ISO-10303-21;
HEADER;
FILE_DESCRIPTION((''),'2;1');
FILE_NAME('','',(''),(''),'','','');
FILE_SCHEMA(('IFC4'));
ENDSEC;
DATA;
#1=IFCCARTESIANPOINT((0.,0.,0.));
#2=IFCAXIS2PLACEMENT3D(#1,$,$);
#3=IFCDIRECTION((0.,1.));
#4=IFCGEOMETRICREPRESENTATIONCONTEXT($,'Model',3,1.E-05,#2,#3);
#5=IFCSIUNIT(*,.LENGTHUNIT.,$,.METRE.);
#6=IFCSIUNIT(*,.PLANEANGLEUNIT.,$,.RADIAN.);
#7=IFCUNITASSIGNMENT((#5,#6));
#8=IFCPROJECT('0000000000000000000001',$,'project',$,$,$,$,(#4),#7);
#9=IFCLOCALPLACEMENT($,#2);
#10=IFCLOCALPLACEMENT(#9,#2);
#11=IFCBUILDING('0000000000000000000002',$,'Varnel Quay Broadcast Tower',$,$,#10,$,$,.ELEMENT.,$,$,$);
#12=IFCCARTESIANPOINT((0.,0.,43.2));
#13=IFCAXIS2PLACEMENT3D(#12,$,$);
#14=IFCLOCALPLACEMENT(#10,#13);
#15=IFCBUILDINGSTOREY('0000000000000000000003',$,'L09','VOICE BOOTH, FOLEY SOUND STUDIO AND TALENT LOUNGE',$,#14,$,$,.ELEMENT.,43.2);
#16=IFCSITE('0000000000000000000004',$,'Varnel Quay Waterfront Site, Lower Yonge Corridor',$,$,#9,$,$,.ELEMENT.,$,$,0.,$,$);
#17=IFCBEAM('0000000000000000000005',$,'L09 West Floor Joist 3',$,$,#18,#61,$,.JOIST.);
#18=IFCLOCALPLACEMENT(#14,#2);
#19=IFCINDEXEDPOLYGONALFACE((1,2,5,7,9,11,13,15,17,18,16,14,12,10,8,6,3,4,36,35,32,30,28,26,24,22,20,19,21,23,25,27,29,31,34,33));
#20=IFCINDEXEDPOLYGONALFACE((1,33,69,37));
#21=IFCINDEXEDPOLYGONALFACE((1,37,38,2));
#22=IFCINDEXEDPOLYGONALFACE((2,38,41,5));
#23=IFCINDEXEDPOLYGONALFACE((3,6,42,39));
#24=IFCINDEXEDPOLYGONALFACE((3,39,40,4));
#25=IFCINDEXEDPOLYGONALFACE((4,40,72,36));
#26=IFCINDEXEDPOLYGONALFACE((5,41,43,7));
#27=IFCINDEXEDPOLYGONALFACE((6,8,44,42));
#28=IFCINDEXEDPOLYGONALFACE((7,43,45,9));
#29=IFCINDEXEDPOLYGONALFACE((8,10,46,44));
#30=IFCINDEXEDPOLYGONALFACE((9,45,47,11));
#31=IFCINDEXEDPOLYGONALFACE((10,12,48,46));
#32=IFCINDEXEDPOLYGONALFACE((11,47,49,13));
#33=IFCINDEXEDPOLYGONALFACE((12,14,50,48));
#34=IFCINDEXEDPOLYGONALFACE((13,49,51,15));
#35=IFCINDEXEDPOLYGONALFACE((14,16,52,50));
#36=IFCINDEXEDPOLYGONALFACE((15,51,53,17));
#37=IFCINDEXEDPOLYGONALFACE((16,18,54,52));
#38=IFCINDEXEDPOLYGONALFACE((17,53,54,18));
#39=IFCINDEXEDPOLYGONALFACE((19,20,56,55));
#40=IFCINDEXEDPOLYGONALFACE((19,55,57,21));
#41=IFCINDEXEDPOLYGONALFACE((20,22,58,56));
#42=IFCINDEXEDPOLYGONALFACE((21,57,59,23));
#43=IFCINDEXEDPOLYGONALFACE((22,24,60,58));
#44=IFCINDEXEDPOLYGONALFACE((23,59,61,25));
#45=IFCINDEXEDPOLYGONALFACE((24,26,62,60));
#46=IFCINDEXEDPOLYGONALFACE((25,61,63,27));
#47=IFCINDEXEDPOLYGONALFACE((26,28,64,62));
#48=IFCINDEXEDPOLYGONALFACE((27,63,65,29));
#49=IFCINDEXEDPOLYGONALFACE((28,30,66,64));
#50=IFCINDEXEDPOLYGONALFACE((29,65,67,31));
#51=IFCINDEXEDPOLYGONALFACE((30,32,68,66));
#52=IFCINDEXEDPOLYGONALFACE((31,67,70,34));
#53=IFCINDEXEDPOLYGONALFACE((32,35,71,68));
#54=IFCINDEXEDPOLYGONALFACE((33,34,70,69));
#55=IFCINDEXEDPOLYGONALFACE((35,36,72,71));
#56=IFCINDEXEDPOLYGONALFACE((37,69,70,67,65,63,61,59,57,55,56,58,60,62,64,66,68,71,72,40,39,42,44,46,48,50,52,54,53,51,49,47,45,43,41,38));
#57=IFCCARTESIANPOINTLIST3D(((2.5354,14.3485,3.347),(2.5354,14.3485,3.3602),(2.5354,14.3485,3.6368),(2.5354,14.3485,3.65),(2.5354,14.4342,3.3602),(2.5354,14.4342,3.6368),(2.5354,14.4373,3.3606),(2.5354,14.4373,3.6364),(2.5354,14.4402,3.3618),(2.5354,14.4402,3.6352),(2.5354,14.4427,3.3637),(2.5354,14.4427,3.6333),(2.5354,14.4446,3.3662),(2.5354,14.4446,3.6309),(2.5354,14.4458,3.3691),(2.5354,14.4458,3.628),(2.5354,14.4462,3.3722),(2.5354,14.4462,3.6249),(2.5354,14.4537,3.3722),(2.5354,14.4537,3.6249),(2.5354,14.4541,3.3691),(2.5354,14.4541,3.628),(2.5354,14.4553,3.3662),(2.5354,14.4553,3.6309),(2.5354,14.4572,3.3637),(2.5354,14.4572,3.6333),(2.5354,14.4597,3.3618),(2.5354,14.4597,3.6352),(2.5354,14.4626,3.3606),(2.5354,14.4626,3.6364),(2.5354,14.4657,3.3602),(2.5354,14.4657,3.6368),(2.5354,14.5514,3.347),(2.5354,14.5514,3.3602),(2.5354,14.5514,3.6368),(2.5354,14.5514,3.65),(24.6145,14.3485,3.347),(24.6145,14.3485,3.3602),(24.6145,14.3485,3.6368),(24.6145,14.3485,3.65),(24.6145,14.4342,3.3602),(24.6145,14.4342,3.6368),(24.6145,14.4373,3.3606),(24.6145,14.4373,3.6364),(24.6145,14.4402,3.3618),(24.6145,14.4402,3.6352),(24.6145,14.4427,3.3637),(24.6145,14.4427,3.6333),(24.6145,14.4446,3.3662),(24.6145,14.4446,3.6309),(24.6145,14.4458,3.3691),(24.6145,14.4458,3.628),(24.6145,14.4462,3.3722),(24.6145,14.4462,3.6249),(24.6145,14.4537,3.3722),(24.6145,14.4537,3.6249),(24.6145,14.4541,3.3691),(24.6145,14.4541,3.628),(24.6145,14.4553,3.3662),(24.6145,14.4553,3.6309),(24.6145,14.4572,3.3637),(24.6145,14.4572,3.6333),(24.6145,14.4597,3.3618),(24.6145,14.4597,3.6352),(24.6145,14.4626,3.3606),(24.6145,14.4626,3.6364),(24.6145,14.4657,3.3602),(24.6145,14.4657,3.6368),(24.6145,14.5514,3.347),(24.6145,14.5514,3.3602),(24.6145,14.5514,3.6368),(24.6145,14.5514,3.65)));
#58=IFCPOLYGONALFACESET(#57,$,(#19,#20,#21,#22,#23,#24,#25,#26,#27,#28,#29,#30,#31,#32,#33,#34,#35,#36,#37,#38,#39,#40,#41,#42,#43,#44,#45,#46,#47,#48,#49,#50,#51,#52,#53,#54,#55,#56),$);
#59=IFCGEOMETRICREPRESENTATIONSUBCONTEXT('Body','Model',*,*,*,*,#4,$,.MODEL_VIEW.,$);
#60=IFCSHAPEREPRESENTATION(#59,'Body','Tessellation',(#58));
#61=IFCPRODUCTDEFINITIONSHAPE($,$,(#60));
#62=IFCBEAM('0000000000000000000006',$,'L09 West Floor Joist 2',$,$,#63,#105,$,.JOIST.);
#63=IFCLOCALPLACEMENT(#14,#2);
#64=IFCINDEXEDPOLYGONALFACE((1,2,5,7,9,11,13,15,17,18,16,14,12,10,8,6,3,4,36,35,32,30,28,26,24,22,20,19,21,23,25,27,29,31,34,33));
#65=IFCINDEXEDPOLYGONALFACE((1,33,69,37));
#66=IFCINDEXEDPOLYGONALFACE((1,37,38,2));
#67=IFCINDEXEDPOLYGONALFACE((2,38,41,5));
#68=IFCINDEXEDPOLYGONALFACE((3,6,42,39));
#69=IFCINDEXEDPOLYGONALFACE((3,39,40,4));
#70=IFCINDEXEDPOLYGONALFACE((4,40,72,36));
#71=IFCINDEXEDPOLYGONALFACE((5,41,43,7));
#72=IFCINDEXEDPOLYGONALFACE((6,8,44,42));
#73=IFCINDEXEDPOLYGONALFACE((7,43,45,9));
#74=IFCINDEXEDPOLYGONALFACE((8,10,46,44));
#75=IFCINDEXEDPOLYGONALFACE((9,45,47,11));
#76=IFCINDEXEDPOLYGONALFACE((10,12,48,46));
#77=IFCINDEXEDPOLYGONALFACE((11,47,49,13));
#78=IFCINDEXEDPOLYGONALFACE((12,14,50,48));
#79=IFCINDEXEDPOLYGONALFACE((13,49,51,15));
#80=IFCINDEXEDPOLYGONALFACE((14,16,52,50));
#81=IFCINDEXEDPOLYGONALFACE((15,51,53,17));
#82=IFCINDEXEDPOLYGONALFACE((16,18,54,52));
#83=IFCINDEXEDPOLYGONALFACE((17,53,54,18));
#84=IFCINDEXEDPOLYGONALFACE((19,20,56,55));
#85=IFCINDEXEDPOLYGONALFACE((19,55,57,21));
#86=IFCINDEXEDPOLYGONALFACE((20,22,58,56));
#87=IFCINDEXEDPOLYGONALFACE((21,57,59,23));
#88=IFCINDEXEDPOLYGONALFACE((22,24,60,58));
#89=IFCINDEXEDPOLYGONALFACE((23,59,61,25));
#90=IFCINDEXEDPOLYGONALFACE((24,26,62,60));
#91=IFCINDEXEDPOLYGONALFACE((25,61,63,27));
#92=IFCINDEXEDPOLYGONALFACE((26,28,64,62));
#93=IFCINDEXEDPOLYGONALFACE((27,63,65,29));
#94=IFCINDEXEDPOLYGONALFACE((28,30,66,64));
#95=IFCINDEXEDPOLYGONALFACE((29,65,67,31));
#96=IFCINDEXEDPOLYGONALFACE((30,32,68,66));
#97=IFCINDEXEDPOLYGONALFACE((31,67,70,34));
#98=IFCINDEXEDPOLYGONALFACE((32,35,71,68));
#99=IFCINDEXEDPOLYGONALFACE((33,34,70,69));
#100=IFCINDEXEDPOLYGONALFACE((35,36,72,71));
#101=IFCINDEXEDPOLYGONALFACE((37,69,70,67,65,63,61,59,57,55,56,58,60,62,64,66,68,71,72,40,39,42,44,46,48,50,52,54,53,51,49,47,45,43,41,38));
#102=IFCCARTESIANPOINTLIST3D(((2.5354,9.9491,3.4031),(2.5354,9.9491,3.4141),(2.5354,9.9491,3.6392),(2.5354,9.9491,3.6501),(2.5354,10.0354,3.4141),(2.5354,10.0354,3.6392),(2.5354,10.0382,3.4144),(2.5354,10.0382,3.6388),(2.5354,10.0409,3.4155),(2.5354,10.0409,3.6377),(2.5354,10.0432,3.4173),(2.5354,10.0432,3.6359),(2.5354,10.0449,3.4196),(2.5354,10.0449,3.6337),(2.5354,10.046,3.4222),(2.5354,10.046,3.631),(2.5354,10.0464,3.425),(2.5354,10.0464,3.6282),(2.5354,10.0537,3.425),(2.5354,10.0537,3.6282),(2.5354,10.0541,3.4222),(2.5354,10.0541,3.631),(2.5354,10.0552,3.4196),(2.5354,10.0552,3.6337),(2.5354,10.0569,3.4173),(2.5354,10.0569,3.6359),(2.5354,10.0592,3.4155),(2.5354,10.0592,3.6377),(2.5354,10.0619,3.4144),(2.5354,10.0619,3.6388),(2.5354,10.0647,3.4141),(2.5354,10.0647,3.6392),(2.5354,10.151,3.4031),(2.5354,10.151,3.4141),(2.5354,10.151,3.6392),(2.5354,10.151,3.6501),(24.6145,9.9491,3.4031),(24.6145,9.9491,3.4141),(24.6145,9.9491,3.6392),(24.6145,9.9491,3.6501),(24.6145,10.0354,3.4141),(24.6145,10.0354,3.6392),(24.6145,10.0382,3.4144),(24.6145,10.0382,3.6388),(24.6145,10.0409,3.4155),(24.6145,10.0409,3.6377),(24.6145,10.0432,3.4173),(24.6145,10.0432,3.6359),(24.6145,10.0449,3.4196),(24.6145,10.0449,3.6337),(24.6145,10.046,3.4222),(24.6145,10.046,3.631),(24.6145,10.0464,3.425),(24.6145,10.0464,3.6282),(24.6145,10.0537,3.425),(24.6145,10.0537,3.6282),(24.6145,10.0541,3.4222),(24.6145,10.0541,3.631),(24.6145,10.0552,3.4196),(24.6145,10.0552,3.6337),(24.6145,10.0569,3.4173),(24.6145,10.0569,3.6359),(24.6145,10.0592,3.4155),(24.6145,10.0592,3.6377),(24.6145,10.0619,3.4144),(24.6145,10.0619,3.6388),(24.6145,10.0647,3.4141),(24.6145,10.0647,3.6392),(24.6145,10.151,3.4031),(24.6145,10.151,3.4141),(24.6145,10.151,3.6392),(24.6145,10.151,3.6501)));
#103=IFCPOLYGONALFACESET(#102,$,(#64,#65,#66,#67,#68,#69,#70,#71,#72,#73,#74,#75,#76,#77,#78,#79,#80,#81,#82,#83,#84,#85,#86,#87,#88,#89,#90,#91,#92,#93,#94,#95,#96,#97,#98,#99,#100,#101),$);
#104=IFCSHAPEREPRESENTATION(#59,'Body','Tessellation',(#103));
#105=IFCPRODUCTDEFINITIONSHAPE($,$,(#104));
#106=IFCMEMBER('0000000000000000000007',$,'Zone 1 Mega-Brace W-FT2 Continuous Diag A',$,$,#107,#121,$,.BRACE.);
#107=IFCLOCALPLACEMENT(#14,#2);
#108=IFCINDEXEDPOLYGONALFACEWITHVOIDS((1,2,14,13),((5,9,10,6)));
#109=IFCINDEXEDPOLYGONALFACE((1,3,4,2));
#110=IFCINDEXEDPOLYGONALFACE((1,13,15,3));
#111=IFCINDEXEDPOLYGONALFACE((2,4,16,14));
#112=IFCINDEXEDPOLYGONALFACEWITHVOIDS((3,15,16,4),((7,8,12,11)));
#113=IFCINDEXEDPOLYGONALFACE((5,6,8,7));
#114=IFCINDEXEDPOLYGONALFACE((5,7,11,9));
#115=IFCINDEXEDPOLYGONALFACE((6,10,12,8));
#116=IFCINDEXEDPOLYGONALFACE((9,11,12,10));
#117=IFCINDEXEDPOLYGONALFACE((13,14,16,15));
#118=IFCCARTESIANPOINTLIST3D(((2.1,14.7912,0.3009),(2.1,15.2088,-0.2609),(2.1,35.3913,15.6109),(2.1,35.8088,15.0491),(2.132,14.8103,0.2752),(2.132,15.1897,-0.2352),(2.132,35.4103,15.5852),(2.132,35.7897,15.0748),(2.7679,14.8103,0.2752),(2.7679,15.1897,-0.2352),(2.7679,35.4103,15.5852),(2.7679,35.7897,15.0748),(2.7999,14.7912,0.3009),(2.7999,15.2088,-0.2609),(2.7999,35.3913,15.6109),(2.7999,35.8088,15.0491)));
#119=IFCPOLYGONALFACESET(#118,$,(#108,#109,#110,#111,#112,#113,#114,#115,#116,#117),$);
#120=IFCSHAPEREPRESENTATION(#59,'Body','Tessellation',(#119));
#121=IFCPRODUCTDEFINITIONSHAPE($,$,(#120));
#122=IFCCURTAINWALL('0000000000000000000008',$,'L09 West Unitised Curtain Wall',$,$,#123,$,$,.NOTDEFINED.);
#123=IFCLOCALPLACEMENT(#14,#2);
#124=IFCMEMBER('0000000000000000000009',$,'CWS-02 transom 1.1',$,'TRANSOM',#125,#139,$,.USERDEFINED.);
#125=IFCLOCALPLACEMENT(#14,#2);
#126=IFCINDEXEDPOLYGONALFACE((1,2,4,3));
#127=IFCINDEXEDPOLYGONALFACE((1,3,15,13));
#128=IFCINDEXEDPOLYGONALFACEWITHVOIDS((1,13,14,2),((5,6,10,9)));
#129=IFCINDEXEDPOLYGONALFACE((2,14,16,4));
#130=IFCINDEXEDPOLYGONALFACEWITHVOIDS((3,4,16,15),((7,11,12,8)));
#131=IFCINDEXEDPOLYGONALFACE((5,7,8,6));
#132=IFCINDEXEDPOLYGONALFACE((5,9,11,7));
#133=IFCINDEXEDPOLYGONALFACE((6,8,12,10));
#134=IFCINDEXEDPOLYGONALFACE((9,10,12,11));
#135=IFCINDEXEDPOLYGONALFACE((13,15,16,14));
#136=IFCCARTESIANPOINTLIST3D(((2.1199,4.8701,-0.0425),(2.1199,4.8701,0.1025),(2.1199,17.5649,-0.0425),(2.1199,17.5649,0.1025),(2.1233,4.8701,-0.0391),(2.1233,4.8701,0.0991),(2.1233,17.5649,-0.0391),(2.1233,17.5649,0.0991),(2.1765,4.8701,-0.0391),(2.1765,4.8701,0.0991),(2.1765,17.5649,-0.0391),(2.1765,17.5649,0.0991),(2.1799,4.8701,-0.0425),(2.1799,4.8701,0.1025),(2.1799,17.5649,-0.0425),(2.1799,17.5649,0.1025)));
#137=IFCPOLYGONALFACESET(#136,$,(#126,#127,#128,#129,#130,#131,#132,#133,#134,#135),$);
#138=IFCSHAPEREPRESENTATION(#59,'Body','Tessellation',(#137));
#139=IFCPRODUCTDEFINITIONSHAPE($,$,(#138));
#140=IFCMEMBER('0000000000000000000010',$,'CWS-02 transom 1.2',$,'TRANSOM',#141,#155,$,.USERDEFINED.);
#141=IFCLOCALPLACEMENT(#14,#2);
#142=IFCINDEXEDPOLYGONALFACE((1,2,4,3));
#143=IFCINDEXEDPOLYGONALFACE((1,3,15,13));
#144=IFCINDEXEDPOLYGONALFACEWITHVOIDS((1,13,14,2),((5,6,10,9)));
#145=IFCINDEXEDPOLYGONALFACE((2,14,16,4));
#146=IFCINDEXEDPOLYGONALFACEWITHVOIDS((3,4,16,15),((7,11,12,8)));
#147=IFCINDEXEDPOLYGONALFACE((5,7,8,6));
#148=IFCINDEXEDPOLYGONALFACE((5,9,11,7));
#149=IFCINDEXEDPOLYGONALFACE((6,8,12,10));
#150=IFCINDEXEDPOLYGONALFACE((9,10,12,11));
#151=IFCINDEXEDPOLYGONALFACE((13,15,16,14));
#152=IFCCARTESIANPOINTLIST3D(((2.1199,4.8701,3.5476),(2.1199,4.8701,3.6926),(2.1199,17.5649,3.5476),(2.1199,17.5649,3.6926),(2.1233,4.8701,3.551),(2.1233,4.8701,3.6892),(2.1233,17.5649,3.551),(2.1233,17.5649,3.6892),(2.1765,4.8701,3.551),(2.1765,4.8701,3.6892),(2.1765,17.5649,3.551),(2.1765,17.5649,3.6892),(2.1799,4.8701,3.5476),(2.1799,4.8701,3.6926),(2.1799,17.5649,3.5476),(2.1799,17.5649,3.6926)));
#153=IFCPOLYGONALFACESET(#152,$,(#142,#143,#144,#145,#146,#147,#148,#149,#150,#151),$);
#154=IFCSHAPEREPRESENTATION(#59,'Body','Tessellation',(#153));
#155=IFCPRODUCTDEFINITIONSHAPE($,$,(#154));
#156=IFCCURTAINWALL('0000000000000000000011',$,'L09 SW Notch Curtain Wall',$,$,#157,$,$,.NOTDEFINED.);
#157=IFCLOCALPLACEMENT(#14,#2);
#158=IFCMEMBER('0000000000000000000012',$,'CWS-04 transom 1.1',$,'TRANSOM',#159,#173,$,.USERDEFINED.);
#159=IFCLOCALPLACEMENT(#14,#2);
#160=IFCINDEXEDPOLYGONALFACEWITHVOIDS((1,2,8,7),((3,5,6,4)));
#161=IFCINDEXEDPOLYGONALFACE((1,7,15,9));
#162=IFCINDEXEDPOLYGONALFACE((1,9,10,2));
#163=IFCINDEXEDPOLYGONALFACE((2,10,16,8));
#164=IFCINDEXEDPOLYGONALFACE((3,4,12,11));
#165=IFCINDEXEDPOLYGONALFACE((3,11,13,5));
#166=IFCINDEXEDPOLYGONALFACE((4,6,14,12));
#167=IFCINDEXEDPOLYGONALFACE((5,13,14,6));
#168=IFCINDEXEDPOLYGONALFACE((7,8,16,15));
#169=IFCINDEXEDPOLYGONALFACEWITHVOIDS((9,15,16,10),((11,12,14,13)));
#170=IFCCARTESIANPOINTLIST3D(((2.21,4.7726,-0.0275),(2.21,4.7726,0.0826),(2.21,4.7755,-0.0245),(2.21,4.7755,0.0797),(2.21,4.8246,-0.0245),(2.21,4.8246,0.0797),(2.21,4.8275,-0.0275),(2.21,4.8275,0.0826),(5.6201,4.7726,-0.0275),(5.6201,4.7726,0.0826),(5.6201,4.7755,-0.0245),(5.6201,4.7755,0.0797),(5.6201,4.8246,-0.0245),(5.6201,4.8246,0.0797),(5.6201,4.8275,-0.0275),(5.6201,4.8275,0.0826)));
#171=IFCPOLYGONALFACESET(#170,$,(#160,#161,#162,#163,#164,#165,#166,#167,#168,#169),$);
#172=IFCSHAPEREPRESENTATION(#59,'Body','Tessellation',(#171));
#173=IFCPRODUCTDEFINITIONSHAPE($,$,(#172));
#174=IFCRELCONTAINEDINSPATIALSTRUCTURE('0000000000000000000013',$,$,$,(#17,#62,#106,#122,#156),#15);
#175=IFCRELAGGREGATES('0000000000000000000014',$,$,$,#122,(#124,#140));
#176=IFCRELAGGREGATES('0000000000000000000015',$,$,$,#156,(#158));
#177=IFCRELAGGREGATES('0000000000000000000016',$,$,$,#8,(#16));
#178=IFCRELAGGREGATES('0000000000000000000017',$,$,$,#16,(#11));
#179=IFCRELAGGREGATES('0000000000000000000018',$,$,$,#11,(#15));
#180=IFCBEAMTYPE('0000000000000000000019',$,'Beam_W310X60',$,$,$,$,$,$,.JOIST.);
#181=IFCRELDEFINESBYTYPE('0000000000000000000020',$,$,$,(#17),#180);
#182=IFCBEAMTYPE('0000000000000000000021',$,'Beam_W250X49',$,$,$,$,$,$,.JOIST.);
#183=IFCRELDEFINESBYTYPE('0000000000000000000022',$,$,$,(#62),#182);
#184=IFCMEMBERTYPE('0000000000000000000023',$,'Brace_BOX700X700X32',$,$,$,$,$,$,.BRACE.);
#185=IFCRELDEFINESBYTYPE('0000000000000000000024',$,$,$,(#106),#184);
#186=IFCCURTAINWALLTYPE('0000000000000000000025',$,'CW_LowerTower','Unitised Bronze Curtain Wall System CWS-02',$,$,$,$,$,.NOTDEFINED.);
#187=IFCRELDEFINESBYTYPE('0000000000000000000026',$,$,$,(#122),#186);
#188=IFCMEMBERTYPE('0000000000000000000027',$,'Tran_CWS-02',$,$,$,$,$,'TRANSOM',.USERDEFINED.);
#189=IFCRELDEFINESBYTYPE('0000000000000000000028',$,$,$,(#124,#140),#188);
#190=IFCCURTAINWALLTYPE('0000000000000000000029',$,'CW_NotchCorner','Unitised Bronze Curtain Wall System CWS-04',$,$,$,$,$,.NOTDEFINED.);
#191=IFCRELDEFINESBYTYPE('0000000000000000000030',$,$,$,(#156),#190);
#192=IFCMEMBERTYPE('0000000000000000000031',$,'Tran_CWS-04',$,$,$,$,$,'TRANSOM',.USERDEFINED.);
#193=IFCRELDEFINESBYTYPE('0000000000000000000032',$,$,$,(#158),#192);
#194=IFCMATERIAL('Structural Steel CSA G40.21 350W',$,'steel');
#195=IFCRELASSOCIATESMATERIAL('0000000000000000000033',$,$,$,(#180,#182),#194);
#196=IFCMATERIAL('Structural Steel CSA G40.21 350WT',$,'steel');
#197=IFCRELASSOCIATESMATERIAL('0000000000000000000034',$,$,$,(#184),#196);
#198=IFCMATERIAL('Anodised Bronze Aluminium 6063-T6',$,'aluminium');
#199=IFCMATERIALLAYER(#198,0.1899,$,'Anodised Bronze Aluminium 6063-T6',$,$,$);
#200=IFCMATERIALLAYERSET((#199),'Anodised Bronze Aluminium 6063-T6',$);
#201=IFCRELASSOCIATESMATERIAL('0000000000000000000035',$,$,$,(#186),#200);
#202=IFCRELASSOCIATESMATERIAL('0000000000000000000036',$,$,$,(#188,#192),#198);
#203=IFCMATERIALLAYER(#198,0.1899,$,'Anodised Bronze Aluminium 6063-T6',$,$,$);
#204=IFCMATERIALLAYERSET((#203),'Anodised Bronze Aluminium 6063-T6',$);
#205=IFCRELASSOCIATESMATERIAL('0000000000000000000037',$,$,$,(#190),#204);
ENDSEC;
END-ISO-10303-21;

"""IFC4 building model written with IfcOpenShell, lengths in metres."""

from ifc_helpers import new_model, si_unit, direction, frame, origin, origin_2d, place, context, subcontext, project, spatial, hollow_rectangle, i_section, extrude, source, transform, mapped, material, layer, layer_set, material_profile, profile_set, type_object, type_shapes, element, aggregate, save


model = new_model("IFC4")

# Units and contexts
model_context = context("Model", 3, precision=1e-05, world=origin(), true_north=direction((0.0, 1.0)))
body_context = subcontext(model_context, "Body", "Model", "MODEL_VIEW")
ifc_project = project(units=[si_unit("LENGTHUNIT", "METRE"), si_unit("PLANEANGLEUNIT", "RADIAN")], contexts=[model_context])

# Site, building, storey
site_placement = place(None, origin())
site = spatial("IfcSite", under=ifc_project, at=site_placement, Name="Varnel Quay Waterfront Site, Lower Yonge Corridor", CompositionType="ELEMENT", RefElevation=0.0)
building_placement = place(site_placement, origin())
building = spatial("IfcBuilding", under=site, at=building_placement, Name="Varnel Quay Broadcast Tower", CompositionType="ELEMENT")
storey_placement = place(building_placement, frame((0.0, 0.0, 43.2)))
storey = spatial("IfcBuildingStorey", under=building, at=storey_placement, Name="L09", Description="VOICE BOOTH, FOLEY SOUND STUDIO AND TALENT LOUNGE", CompositionType="ELEMENT", Elevation=43.2)

# Shared definitions
ifc_material_1 = material(Name="Structural Steel CSA G40.21 350W", Category="steel")

# Beams
ifc_material_profile_1 = material_profile(ifc_material_1, i_section(OverallWidth=0.2029, OverallDepth=0.303, WebThickness=0.0076, FlangeThickness=0.0132, FilletRadius=0.012, at=origin_2d()), Name="W310X60")
ifc_profile_set_1 = profile_set([ifc_material_profile_1], Name="Structural Steel CSA G40.21 350W")
beam_type_1 = type_object("IfcBeamType", Name="Beam_W310X60", PredefinedType="JOIST", material=ifc_profile_set_1)
shared_shape_1 = source(origin(), body_context, "Body", "SweptSolid", [
    extrude(i_section(OverallWidth=0.2029, OverallDepth=0.303, WebThickness=0.0076, FlangeThickness=0.0132, FilletRadius=0.012, at=origin_2d()), origin(), (0.0, 0.0, 1.0), 22.0791),
])
type_shapes(beam_type_1, [shared_shape_1])
for number, where, z_axis, x_axis, name in (
    (1, (2.5354, 14.45, 3.4985), (1.0, 0.0, 0.0), (0.0, 1.0, 0.0), "L09 West Floor Joist 3"),
):
    element("IfcBeam", number, at=place(storey_placement, frame(where, z_axis=z_axis, x_axis=x_axis)), inside=storey, type_object=beam_type_1, Name=name, PredefinedType="JOIST", context=body_context, shape_type="MappedRepresentation", body=[
        mapped(shared_shape_1, transform((0.0, 0.0, 0.0), x_axis=(1.0, 0.0, 0.0), y_axis=(0.0, 1.0, 0.0), z_axis=(0.0, 0.0, 1.0), scale=1.0)),
    ])
ifc_material_profile_2 = material_profile(ifc_material_1, i_section(OverallWidth=0.2019, OverallDepth=0.2471, WebThickness=0.0073, FlangeThickness=0.011, FilletRadius=0.011, at=origin_2d()), Name="W250X49")
ifc_profile_set_2 = profile_set([ifc_material_profile_2], Name="Structural Steel CSA G40.21 350W")
beam_type_2 = type_object("IfcBeamType", Name="Beam_W250X49", PredefinedType="JOIST", material=ifc_profile_set_2)
shared_shape_2 = source(origin(), body_context, "Body", "SweptSolid", [
    extrude(i_section(OverallWidth=0.2019, OverallDepth=0.2471, WebThickness=0.0073, FlangeThickness=0.011, FilletRadius=0.011, at=origin_2d()), origin(), (0.0, 0.0, 1.0), 22.0791),
])
type_shapes(beam_type_2, [shared_shape_2])
beam_1_placement = place(storey_placement, frame((2.5354, 10.05, 3.5266), z_axis=(1.0, 0.0, 0.0), x_axis=(0.0, 1.0, 0.0)))
element("IfcBeam", 2, at=beam_1_placement, inside=storey, type_object=beam_type_2, Name="L09 West Floor Joist 2", PredefinedType="JOIST", context=body_context, shape_type="MappedRepresentation", body=[
    mapped(shared_shape_2, transform((0.0, 0.0, 0.0), x_axis=(1.0, 0.0, 0.0), y_axis=(0.0, 1.0, 0.0), z_axis=(0.0, 0.0, 1.0), scale=1.0)),
])

# Member
ifc_material_2 = material(Name="Structural Steel CSA G40.21 350WT", Category="steel")
ifc_material_profile_3 = material_profile(ifc_material_2, hollow_rectangle(XDim=0.7, YDim=0.7, WallThickness=0.032, at=origin_2d()), Name="BOX700X700X32")
ifc_profile_set_3 = profile_set([ifc_material_profile_3], Name="Structural Steel CSA G40.21 350WT")
member_type_1 = type_object("IfcMemberType", Name="Brace_BOX700X700X32", PredefinedType="BRACE", material=ifc_profile_set_3)
shared_shape_3 = source(origin(), body_context, "Body", "SweptSolid", [
    extrude(hollow_rectangle(XDim=0.7, YDim=0.7, WallThickness=0.032, at=origin_2d()), origin(), (0.0, 0.0, 1.0), 25.6663),
])
type_shapes(member_type_1, [shared_shape_3])
member_1_placement = place(storey_placement, frame((2.45, 15.0, 0.02), z_axis=(0.0, 0.802611, 0.596503), x_axis=(-1.0, 0.0, 0.0)))
element("IfcMember", 3, at=member_1_placement, inside=storey, type_object=member_type_1, Name="Zone 1 Mega-Brace W-FT2 Continuous Diag A", PredefinedType="BRACE", context=body_context, shape_type="MappedRepresentation", body=[
    mapped(shared_shape_3, transform((0.0, 0.0, 0.0), x_axis=(1.0, 0.0, 0.0), y_axis=(0.0, 1.0, 0.0), z_axis=(0.0, 0.0, 1.0), scale=1.0)),
])

# Curtain walls, members
ifc_material_3 = material(Name="Anodised Bronze Aluminium 6063-T6", Category="aluminium")
ifc_layer_1 = layer(ifc_material_3, 0.1899, Name="Anodised Bronze Aluminium 6063-T6")
ifc_layer_set_1 = layer_set([ifc_layer_1], Name="Anodised Bronze Aluminium 6063-T6")
curtain_wall_type_1 = type_object("IfcCurtainWallType", Name="CW_LowerTower", Description="Unitised Bronze Curtain Wall System CWS-02", PredefinedType="NOTDEFINED", material=ifc_layer_set_1)
curtain_wall_1_placement = place(storey_placement, origin())
curtain_wall_1 = element("IfcCurtainWall", 4, at=curtain_wall_1_placement, inside=storey, type_object=curtain_wall_type_1, Name="L09 West Unitised Curtain Wall", PredefinedType="NOTDEFINED")
ifc_material_profile_4 = material_profile(ifc_material_3, hollow_rectangle(XDim=0.0601, YDim=0.145, WallThickness=0.0034, at=origin_2d()), Name="ALU60X145X3.5")
ifc_profile_set_4 = profile_set([ifc_material_profile_4], Name="Anodised Bronze Aluminium 6063-T6")
member_type_2 = type_object("IfcMemberType", Name="Tran_CWS-02", ElementType="TRANSOM", PredefinedType="USERDEFINED", material=ifc_profile_set_4)
shared_shape_4 = source(origin(), body_context, "Body", "SweptSolid", [
    extrude(hollow_rectangle(XDim=0.0601, YDim=0.145, WallThickness=0.0034, at=origin_2d()), origin(), (0.0, 0.0, 1.0), 12.6948),
])
type_shapes(member_type_2, [shared_shape_4])
member_2_placement = place(storey_placement, frame((2.1499, 4.8701, 0.03), z_axis=(0.0, 1.0, 0.0), x_axis=(-1.0, 0.0, 0.0)))
member_2 = element("IfcMember", 5, at=member_2_placement, type_object=member_type_2, Name="CWS-02 transom 1.1", ObjectType="TRANSOM", PredefinedType="USERDEFINED", context=body_context, shape_type="MappedRepresentation", body=[
    mapped(shared_shape_4, transform((0.0, 0.0, 0.0), x_axis=(1.0, 0.0, 0.0), y_axis=(0.0, 1.0, 0.0), z_axis=(0.0, 0.0, 1.0), scale=1.0)),
])
member_3_placement = place(storey_placement, frame((2.1499, 4.8701, 3.6201), z_axis=(0.0, 1.0, 0.0), x_axis=(-1.0, 0.0, 0.0)))
member_3 = element("IfcMember", 6, at=member_3_placement, type_object=member_type_2, Name="CWS-02 transom 1.2", ObjectType="TRANSOM", PredefinedType="USERDEFINED", context=body_context, shape_type="MappedRepresentation", body=[
    mapped(shared_shape_4, transform((0.0, 0.0, 0.0), x_axis=(1.0, 0.0, 0.0), y_axis=(0.0, 1.0, 0.0), z_axis=(0.0, 0.0, 1.0), scale=1.0)),
])
ifc_layer_2 = layer(ifc_material_3, 0.1899, Name="Anodised Bronze Aluminium 6063-T6")
ifc_layer_set_2 = layer_set([ifc_layer_2], Name="Anodised Bronze Aluminium 6063-T6")
curtain_wall_type_2 = type_object("IfcCurtainWallType", Name="CW_NotchCorner", Description="Unitised Bronze Curtain Wall System CWS-04", PredefinedType="NOTDEFINED", material=ifc_layer_set_2)
curtain_wall_2_placement = place(storey_placement, origin())
curtain_wall_2 = element("IfcCurtainWall", 7, at=curtain_wall_2_placement, inside=storey, type_object=curtain_wall_type_2, Name="L09 SW Notch Curtain Wall", PredefinedType="NOTDEFINED")
ifc_material_profile_5 = material_profile(ifc_material_3, hollow_rectangle(XDim=0.0549, YDim=0.1101, WallThickness=0.0029, at=origin_2d()), Name="ALU55X110X3")
ifc_profile_set_5 = profile_set([ifc_material_profile_5], Name="Anodised Bronze Aluminium 6063-T6")
member_type_3 = type_object("IfcMemberType", Name="Tran_CWS-04", ElementType="TRANSOM", PredefinedType="USERDEFINED", material=ifc_profile_set_5)
shared_shape_5 = source(origin(), body_context, "Body", "SweptSolid", [
    extrude(hollow_rectangle(XDim=0.0549, YDim=0.1101, WallThickness=0.0029, at=origin_2d()), origin(), (0.0, 0.0, 1.0), 3.4102),
])
type_shapes(member_type_3, [shared_shape_5])
member_4_placement = place(storey_placement, frame((2.21, 4.8, 0.0276), z_axis=(1.0, 0.0, 0.0), x_axis=(0.0, 1.0, 0.0)))
member_4 = element("IfcMember", 8, at=member_4_placement, type_object=member_type_3, Name="CWS-04 transom 1.1", ObjectType="TRANSOM", PredefinedType="USERDEFINED", context=body_context, shape_type="MappedRepresentation", body=[
    mapped(shared_shape_5, transform((0.0, 0.0, 0.0), x_axis=(1.0, 0.0, 0.0), y_axis=(0.0, 1.0, 0.0), z_axis=(0.0, 0.0, 1.0), scale=1.0)),
])

aggregate(curtain_wall_1, [member_2, member_3])
aggregate(curtain_wall_2, [member_4])

save(model, "model.ifc")
